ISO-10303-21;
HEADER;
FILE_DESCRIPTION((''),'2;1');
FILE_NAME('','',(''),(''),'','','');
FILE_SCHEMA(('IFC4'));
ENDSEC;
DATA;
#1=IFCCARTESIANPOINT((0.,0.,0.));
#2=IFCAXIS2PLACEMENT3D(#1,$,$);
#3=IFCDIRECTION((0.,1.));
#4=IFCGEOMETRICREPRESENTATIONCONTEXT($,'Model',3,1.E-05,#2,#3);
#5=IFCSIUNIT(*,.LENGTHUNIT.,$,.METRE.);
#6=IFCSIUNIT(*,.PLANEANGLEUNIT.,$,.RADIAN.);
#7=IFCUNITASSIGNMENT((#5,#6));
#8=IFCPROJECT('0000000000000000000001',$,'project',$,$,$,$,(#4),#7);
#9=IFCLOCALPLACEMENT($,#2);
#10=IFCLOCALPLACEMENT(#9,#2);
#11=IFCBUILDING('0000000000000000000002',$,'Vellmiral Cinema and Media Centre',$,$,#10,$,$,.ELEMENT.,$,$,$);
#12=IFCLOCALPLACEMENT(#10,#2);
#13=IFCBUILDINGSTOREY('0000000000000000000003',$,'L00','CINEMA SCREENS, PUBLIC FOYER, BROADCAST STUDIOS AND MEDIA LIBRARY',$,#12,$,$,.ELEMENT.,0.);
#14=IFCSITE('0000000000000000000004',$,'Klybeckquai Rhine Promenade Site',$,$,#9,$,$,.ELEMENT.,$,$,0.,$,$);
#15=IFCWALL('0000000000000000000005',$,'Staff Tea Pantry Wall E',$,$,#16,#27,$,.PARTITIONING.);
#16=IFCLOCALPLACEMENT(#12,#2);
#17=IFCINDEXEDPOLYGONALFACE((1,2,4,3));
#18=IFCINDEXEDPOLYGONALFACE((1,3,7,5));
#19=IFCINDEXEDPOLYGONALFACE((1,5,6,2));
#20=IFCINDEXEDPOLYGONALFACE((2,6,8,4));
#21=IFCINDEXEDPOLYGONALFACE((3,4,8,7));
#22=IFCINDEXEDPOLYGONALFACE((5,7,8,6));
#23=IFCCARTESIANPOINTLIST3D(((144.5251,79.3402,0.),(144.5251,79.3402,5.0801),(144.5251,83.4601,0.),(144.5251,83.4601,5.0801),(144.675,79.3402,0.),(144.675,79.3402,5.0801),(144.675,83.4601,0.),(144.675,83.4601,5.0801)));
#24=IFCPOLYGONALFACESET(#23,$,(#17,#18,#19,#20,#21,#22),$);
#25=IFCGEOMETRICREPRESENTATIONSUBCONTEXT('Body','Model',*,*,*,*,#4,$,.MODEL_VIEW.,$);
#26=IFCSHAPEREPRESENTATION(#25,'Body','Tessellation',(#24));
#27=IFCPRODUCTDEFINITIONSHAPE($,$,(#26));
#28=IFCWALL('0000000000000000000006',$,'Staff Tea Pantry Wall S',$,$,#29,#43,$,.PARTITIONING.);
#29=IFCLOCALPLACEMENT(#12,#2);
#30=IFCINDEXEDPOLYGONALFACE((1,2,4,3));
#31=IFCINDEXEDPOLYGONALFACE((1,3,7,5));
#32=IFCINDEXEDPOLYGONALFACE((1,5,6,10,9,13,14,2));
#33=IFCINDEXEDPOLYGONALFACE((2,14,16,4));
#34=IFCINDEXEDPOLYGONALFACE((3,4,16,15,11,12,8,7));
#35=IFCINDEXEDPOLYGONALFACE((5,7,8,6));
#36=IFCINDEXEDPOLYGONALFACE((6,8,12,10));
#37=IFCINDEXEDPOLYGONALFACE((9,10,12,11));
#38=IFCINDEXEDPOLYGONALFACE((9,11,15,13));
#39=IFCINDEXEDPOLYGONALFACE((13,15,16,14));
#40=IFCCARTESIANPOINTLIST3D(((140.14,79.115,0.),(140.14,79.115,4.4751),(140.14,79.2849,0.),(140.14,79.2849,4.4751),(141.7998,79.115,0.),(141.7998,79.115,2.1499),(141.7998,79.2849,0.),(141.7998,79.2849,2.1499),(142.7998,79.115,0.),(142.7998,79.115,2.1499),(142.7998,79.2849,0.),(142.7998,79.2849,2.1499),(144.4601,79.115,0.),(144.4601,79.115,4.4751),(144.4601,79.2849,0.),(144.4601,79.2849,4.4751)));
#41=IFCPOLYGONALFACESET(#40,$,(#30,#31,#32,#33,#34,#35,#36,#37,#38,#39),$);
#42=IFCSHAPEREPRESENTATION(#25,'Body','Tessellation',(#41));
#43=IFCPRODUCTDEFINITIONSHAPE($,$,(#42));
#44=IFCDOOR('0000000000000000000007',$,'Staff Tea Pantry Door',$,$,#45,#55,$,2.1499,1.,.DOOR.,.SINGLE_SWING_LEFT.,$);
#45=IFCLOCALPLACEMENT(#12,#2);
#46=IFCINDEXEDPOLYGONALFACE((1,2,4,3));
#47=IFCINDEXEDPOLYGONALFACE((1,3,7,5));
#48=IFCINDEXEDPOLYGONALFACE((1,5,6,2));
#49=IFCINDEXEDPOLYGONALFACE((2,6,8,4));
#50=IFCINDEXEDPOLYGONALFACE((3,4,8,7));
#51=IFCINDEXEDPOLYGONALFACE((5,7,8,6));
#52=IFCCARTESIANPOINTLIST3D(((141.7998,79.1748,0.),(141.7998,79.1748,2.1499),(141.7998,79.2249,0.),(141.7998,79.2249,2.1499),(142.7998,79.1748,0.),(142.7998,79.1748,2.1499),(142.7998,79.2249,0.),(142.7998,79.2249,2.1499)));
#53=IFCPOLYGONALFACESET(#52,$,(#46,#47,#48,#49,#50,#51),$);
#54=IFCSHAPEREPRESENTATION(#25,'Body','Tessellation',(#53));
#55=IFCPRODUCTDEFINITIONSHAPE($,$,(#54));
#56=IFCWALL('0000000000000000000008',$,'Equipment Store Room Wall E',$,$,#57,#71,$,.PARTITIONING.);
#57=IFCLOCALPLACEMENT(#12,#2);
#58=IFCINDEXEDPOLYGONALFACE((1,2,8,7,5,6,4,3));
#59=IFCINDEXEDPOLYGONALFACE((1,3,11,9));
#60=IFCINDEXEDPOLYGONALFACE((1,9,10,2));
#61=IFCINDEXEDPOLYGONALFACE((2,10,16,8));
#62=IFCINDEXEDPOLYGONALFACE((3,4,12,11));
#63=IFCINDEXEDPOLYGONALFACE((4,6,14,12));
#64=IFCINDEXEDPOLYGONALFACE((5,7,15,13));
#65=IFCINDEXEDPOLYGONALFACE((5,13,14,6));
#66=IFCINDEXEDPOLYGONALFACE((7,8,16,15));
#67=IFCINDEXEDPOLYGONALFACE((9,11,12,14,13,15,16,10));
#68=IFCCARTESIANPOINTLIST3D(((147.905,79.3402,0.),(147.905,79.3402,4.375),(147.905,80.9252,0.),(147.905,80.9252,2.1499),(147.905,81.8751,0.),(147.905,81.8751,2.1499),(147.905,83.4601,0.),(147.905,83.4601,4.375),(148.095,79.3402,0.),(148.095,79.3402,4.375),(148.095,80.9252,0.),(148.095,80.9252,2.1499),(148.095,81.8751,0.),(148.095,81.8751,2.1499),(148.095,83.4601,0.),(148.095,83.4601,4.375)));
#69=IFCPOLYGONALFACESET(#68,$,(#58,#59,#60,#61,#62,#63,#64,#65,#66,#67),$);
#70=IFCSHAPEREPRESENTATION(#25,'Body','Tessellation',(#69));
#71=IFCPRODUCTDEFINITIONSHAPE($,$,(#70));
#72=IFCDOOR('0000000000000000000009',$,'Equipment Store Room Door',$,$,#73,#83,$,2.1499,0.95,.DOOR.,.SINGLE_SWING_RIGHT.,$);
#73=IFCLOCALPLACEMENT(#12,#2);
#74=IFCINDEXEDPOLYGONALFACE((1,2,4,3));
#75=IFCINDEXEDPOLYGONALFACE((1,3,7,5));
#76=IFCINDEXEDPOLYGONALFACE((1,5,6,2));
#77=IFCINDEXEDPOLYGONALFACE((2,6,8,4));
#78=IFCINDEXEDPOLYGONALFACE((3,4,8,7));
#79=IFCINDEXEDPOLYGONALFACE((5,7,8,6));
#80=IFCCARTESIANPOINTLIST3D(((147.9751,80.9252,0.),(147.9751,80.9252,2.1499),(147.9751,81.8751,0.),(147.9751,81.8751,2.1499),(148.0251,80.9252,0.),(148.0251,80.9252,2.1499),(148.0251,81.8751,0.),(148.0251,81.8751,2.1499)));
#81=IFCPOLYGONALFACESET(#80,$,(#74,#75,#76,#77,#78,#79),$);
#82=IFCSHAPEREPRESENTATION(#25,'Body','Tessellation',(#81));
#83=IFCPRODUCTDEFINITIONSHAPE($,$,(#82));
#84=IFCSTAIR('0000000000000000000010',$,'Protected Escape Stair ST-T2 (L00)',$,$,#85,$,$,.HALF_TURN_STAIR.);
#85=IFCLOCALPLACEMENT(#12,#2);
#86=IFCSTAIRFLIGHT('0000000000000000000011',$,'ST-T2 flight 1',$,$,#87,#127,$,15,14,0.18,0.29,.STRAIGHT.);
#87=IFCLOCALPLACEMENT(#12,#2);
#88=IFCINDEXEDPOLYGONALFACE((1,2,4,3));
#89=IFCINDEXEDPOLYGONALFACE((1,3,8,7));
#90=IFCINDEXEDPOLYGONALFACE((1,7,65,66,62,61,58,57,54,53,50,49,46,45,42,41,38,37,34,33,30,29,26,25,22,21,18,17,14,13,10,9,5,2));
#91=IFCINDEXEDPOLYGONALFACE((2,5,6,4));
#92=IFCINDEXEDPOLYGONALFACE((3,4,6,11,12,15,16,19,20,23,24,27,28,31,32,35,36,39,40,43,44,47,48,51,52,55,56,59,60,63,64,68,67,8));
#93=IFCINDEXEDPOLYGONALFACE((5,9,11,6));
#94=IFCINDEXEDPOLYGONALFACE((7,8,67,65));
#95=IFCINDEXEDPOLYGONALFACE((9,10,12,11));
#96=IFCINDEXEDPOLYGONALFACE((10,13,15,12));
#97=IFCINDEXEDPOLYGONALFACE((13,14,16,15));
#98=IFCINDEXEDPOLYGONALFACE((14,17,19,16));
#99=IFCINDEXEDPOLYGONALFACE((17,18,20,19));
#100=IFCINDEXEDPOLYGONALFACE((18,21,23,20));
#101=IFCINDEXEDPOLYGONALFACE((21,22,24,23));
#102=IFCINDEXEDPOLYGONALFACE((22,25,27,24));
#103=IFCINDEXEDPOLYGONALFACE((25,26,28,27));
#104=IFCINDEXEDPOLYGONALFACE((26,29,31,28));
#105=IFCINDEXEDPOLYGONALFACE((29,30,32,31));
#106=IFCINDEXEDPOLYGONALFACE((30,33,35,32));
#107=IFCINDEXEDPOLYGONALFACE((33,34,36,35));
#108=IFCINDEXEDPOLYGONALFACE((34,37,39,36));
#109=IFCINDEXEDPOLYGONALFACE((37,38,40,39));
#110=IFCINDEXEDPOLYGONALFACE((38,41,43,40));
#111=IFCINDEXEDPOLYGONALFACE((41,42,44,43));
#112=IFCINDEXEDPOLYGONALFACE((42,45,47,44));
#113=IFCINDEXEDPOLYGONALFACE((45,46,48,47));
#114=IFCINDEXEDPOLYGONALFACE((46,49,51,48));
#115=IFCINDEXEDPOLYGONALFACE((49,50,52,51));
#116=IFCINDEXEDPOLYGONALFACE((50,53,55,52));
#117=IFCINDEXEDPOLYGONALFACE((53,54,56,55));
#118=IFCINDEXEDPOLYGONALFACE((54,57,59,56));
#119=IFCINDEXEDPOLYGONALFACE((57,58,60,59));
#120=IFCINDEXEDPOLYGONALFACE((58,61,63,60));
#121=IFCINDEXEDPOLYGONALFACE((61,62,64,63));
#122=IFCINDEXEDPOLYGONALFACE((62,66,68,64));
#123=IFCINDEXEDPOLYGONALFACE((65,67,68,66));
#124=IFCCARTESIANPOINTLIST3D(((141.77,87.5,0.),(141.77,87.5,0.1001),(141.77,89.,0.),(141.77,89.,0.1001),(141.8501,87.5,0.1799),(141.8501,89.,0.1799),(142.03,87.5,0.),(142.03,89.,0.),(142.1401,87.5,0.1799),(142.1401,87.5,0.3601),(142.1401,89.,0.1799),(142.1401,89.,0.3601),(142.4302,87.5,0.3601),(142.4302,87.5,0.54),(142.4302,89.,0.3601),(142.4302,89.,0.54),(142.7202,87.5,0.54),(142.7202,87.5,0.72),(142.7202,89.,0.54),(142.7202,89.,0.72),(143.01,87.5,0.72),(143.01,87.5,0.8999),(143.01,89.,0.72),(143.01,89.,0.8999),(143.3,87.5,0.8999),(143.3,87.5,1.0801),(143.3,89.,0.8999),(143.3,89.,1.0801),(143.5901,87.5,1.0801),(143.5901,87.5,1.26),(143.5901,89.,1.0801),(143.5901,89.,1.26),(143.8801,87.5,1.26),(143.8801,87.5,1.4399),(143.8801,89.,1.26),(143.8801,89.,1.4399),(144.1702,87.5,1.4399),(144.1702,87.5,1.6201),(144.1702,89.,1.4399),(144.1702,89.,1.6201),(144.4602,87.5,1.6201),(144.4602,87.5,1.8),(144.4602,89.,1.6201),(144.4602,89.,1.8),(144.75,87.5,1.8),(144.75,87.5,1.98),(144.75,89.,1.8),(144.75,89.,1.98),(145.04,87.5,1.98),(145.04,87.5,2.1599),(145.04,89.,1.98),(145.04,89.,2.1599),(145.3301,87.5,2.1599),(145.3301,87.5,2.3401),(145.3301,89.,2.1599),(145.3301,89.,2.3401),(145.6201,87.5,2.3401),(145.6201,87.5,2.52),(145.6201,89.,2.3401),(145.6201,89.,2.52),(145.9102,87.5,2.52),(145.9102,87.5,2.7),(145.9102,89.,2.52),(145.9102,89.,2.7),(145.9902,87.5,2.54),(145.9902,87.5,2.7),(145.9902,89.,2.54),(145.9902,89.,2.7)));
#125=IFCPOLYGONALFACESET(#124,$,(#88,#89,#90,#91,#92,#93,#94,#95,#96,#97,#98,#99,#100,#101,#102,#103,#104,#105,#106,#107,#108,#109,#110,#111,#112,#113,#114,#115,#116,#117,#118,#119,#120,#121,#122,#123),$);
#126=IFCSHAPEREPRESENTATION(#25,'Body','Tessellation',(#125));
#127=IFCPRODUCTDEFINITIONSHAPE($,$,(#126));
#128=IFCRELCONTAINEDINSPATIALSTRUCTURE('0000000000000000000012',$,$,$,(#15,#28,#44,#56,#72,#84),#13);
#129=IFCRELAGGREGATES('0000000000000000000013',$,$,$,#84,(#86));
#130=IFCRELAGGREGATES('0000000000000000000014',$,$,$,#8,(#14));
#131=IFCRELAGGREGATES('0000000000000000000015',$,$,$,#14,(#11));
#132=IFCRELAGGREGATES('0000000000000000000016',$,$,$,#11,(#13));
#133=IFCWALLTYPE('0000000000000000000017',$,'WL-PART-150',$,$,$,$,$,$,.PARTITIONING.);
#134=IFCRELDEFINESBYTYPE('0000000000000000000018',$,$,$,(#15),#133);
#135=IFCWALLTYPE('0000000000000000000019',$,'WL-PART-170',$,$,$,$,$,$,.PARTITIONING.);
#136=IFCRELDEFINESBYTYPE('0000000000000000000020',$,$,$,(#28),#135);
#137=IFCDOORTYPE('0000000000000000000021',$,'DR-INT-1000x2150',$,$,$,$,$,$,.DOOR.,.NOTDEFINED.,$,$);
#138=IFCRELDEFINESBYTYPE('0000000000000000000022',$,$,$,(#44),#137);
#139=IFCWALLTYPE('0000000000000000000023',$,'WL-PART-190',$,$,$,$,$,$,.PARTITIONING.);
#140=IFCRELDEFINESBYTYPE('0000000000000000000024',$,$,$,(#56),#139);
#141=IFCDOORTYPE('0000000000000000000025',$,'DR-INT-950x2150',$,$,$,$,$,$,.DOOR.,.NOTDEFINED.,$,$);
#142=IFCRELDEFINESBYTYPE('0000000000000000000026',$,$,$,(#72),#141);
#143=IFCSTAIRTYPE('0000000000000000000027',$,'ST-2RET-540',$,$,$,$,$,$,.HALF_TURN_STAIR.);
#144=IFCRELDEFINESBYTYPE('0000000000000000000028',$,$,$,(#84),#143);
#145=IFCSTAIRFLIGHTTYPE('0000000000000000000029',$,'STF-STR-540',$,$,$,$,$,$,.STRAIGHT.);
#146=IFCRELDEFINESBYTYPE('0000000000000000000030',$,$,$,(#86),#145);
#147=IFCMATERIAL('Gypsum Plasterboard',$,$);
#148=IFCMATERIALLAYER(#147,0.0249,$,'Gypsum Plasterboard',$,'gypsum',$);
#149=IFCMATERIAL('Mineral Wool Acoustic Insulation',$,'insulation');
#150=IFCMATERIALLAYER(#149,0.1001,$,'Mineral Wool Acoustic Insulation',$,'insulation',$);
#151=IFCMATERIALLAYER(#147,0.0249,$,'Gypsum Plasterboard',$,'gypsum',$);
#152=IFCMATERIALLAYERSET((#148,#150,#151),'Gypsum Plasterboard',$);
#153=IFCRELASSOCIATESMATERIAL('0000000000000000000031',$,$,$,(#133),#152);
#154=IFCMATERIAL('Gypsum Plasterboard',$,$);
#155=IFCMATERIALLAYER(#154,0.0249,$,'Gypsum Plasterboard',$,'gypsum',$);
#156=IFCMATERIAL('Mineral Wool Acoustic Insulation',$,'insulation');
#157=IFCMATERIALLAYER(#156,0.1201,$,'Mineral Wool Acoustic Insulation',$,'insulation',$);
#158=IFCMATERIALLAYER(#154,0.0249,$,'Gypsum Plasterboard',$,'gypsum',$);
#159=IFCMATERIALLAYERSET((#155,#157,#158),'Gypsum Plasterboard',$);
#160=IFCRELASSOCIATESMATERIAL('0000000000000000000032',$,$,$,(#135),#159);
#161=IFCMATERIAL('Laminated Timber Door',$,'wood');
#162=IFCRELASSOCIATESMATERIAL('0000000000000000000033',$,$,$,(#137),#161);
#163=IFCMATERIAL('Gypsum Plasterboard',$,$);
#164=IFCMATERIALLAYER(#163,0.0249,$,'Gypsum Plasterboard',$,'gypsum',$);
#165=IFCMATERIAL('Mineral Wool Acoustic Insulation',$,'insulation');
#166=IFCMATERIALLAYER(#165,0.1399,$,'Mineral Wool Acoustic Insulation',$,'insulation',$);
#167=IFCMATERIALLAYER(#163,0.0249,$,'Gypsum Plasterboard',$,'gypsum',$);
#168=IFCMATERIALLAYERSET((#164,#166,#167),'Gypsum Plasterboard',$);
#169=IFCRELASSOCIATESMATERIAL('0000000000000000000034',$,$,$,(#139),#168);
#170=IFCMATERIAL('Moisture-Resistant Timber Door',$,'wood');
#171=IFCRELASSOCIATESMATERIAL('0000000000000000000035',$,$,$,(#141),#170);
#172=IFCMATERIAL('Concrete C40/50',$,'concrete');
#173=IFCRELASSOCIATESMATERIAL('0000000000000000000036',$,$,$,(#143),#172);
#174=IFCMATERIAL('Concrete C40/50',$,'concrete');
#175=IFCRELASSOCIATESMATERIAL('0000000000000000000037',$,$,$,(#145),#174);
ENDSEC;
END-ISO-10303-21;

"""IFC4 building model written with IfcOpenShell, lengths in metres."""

from ifc_helpers import new_model, si_unit, direction, frame, frame_2d, origin, place, context, subcontext, project, spatial, polyline, rectangle, outline, extrude, material, layer, layer_set, type_object, element, fill, aggregate, save


model = new_model("IFC4")

# Units and contexts
model_context = context("Model", 3, precision=1e-05, world=origin(), true_north=direction((0.0, 1.0)))
body_context = subcontext(model_context, "Body", "Model", "MODEL_VIEW")
ifc_project = project(units=[si_unit("LENGTHUNIT", "METRE"), si_unit("PLANEANGLEUNIT", "RADIAN")], contexts=[model_context])

# Site, building, storey
site_placement = place(None, origin())
site = spatial("IfcSite", under=ifc_project, at=site_placement, Name="Klybeckquai Rhine Promenade Site", CompositionType="ELEMENT", RefElevation=0.0)
building_placement = place(site_placement, origin())
building = spatial("IfcBuilding", under=site, at=building_placement, Name="Vellmiral Cinema and Media Centre", CompositionType="ELEMENT")
storey_placement = place(building_placement, origin())
storey = spatial("IfcBuildingStorey", under=building, at=storey_placement, Name="L00", Description="CINEMA SCREENS, PUBLIC FOYER, BROADCAST STUDIOS AND MEDIA LIBRARY", CompositionType="ELEMENT", Elevation=0.0)

# Wall
ifc_material_1 = material(Name="Gypsum Plasterboard")
ifc_layer_1 = layer(ifc_material_1, 0.0249, Name="Gypsum Plasterboard", Category="gypsum")
ifc_material_2 = material(Name="Mineral Wool Acoustic Insulation", Category="insulation")
ifc_layer_2 = layer(ifc_material_2, 0.1001, Name="Mineral Wool Acoustic Insulation", Category="insulation")
ifc_layer_3 = layer(ifc_material_1, 0.0249, Name="Gypsum Plasterboard", Category="gypsum")
ifc_layer_set_1 = layer_set([ifc_layer_1, ifc_layer_2, ifc_layer_3], Name="Gypsum Plasterboard")
wall_type_1 = type_object("IfcWallType", Name="WL-PART-150", PredefinedType="PARTITIONING", material=ifc_layer_set_1)
wall_1_placement = place(storey_placement, frame((144.6001, 79.3401, 0.0), z_axis=(0.0, 0.0, 1.0), x_axis=(0.0, 1.0, 0.0)))
element("IfcWall", 1, at=wall_1_placement, inside=storey, type_object=wall_type_1, Name="Staff Tea Pantry Wall E", PredefinedType="PARTITIONING", context=body_context, shape_type="SweptSolid", body=[
    extrude(rectangle(XDim=4.1199, YDim=0.1499, at=frame_2d((2.0601, 0.0))), origin(), (0.0, 0.0, 1.0), 5.0801),
])

# Walls, openings, doors
ifc_material_3 = material(Name="Gypsum Plasterboard")
ifc_layer_4 = layer(ifc_material_3, 0.0249, Name="Gypsum Plasterboard", Category="gypsum")
ifc_material_4 = material(Name="Mineral Wool Acoustic Insulation", Category="insulation")
ifc_layer_5 = layer(ifc_material_4, 0.1201, Name="Mineral Wool Acoustic Insulation", Category="insulation")
ifc_layer_6 = layer(ifc_material_3, 0.0249, Name="Gypsum Plasterboard", Category="gypsum")
ifc_layer_set_2 = layer_set([ifc_layer_4, ifc_layer_5, ifc_layer_6], Name="Gypsum Plasterboard")
wall_type_2 = type_object("IfcWallType", Name="WL-PART-170", PredefinedType="PARTITIONING", material=ifc_layer_set_2)
wall_2_placement = place(storey_placement, frame((140.1399, 79.2, 0.0), z_axis=(0.0, 0.0, 1.0), x_axis=(1.0, 0.0, 0.0)))
wall_2 = element("IfcWall", 2, at=wall_2_placement, inside=storey, type_object=wall_type_2, Name="Staff Tea Pantry Wall S", PredefinedType="PARTITIONING", context=body_context, shape_type="SweptSolid", body=[
    extrude(rectangle(XDim=4.3201, YDim=0.1699, at=frame_2d((2.1602, 0.0))), origin(), (0.0, 0.0, 1.0), 4.4751),
])
opening_1_placement = place(wall_2_placement, frame((1.6599, 0.0, 0.0)))
opening_1 = element("IfcOpeningElement", 3, at=opening_1_placement, cuts=wall_2, PredefinedType="OPENING", context=body_context, shape_type="SweptSolid", body=[
    extrude(rectangle(XDim=1.0, YDim=2.1499, at=frame_2d((0.5, 1.075))), frame((0.0, 0.0969, 0.0), z_axis=(0.0, -1.0, 0.0), x_axis=(1.0, 0.0, 0.0)), (0.0, 0.0, 1.0), 0.1938),
])
ifc_material_5 = material(Name="Laminated Timber Door", Category="wood")
door_type_1 = type_object("IfcDoorType", Name="DR-INT-1000x2150", OperationType="NOTDEFINED", PredefinedType="DOOR", material=ifc_material_5)
door_1_placement = place(opening_1_placement, origin())
door_1 = element("IfcDoor", 4, at=door_1_placement, inside=storey, type_object=door_type_1, Name="Staff Tea Pantry Door", OperationType="SINGLE_SWING_LEFT", OverallHeight=2.1499, OverallWidth=1.0, PredefinedType="DOOR", context=body_context, shape_type="SweptSolid", body=[
    extrude(rectangle(XDim=1.0, YDim=2.1499, at=frame_2d((0.5, 1.075))), frame((0.0, 0.0249, 0.0), z_axis=(0.0, -1.0, 0.0), x_axis=(1.0, 0.0, 0.0)), (0.0, 0.0, 1.0), 0.05),
])
fill(opening_1, door_1)
ifc_material_6 = material(Name="Gypsum Plasterboard")
ifc_layer_7 = layer(ifc_material_6, 0.0249, Name="Gypsum Plasterboard", Category="gypsum")
ifc_material_7 = material(Name="Mineral Wool Acoustic Insulation", Category="insulation")
ifc_layer_8 = layer(ifc_material_7, 0.1399, Name="Mineral Wool Acoustic Insulation", Category="insulation")
ifc_layer_9 = layer(ifc_material_6, 0.0249, Name="Gypsum Plasterboard", Category="gypsum")
ifc_layer_set_3 = layer_set([ifc_layer_7, ifc_layer_8, ifc_layer_9], Name="Gypsum Plasterboard")
wall_type_3 = type_object("IfcWallType", Name="WL-PART-190", PredefinedType="PARTITIONING", material=ifc_layer_set_3)
wall_3_placement = place(storey_placement, frame((148.0, 79.3401, 0.0), z_axis=(0.0, 0.0, 1.0), x_axis=(0.0, 1.0, 0.0)))
wall_3 = element("IfcWall", 5, at=wall_3_placement, inside=storey, type_object=wall_type_3, Name="Equipment Store Room Wall E", PredefinedType="PARTITIONING", context=body_context, shape_type="SweptSolid", body=[
    extrude(rectangle(XDim=4.1199, YDim=0.1899, at=frame_2d((2.0601, 0.0))), origin(), (0.0, 0.0, 1.0), 4.375),
])
opening_2_placement = place(wall_3_placement, frame((1.585, 0.0, 0.0)))
opening_2 = element("IfcOpeningElement", 6, at=opening_2_placement, cuts=wall_3, PredefinedType="OPENING", context=body_context, shape_type="SweptSolid", body=[
    extrude(rectangle(XDim=0.95, YDim=2.1499, at=frame_2d((0.4751, 1.075))), frame((0.0, 0.1069, 0.0), z_axis=(0.0, -1.0, 0.0), x_axis=(1.0, 0.0, 0.0)), (0.0, 0.0, 1.0), 0.2139),
])
ifc_material_8 = material(Name="Moisture-Resistant Timber Door", Category="wood")
door_type_2 = type_object("IfcDoorType", Name="DR-INT-950x2150", OperationType="NOTDEFINED", PredefinedType="DOOR", material=ifc_material_8)
door_2_placement = place(opening_2_placement, origin())
door_2 = element("IfcDoor", 7, at=door_2_placement, inside=storey, type_object=door_type_2, Name="Equipment Store Room Door", OperationType="SINGLE_SWING_RIGHT", OverallHeight=2.1499, OverallWidth=0.95, PredefinedType="DOOR", context=body_context, shape_type="SweptSolid", body=[
    extrude(rectangle(XDim=0.95, YDim=2.1499, at=frame_2d((0.4751, 1.075))), frame((0.0, 0.0249, 0.0), z_axis=(0.0, -1.0, 0.0), x_axis=(1.0, 0.0, 0.0)), (0.0, 0.0, 1.0), 0.05),
])
fill(opening_2, door_2)

# Stair, stair flight
ifc_material_9 = material(Name="Concrete C40/50", Category="concrete")
stair_type = type_object("IfcStairType", Name="ST-2RET-540", PredefinedType="HALF_TURN_STAIR", material=ifc_material_9)
stair_placement = place(storey_placement, origin())
stair = element("IfcStair", 8, at=stair_placement, inside=storey, type_object=stair_type, Name="Protected Escape Stair ST-T2 (L00)", PredefinedType="HALF_TURN_STAIR")
ifc_material_10 = material(Name="Concrete C40/50", Category="concrete")
stair_flight_type = type_object("IfcStairFlightType", Name="STF-STR-540", PredefinedType="STRAIGHT", material=ifc_material_10)
stair_flight_1_placement = place(storey_placement, frame((141.8501, 88.25, 0.0), z_axis=(0.0, 0.0, 1.0), x_axis=(1.0, 0.0, 0.0)))
stair_flight_1 = element("IfcStairFlight", 9, at=stair_flight_1_placement, type_object=stair_flight_type, Name="ST-T2 flight 1", NumberOfRisers=15, NumberOfTreads=14, PredefinedType="STRAIGHT", RiserHeight=0.18, TreadLength=0.29, context=body_context, shape_type="SweptSolid", body=[
    extrude(outline(polyline([(-0.0801, 0.0), (-0.0801, 0.1001), (0.0, 0.1799), (0.29, 0.1799), (0.29, 0.3601), (0.5801, 0.3601), (0.5801, 0.54), (0.8701, 0.54), (0.8701, 0.72), (1.1599, 0.72), (1.1599, 0.8999), (1.45, 0.8999), (1.45, 1.0801), (1.74, 1.0801), (1.74, 1.26), (2.03, 1.26), (2.03, 1.4399), (2.3201, 1.4399), (2.3201, 1.6201), (2.6101, 1.6201), (2.6101, 1.8), (2.8999, 1.8), (2.8999, 1.98), (3.1899, 1.98), (3.1899, 2.1599), (3.48, 2.1599), (3.48, 2.3401), (3.77, 2.3401), (3.77, 2.52), (4.0601, 2.52), (4.0601, 2.7), (4.1401, 2.7), (4.1401, 2.54), (0.1799, 0.0), (-0.0801, 0.0)])), frame((0.0, 0.75, 0.0), z_axis=(0.0, -1.0, 0.0), x_axis=(1.0, 0.0, 0.0)), (0.0, 0.0, 1.0), 1.5),
])
aggregate(stair, [stair_flight_1])

save(model, "model.ifc")
